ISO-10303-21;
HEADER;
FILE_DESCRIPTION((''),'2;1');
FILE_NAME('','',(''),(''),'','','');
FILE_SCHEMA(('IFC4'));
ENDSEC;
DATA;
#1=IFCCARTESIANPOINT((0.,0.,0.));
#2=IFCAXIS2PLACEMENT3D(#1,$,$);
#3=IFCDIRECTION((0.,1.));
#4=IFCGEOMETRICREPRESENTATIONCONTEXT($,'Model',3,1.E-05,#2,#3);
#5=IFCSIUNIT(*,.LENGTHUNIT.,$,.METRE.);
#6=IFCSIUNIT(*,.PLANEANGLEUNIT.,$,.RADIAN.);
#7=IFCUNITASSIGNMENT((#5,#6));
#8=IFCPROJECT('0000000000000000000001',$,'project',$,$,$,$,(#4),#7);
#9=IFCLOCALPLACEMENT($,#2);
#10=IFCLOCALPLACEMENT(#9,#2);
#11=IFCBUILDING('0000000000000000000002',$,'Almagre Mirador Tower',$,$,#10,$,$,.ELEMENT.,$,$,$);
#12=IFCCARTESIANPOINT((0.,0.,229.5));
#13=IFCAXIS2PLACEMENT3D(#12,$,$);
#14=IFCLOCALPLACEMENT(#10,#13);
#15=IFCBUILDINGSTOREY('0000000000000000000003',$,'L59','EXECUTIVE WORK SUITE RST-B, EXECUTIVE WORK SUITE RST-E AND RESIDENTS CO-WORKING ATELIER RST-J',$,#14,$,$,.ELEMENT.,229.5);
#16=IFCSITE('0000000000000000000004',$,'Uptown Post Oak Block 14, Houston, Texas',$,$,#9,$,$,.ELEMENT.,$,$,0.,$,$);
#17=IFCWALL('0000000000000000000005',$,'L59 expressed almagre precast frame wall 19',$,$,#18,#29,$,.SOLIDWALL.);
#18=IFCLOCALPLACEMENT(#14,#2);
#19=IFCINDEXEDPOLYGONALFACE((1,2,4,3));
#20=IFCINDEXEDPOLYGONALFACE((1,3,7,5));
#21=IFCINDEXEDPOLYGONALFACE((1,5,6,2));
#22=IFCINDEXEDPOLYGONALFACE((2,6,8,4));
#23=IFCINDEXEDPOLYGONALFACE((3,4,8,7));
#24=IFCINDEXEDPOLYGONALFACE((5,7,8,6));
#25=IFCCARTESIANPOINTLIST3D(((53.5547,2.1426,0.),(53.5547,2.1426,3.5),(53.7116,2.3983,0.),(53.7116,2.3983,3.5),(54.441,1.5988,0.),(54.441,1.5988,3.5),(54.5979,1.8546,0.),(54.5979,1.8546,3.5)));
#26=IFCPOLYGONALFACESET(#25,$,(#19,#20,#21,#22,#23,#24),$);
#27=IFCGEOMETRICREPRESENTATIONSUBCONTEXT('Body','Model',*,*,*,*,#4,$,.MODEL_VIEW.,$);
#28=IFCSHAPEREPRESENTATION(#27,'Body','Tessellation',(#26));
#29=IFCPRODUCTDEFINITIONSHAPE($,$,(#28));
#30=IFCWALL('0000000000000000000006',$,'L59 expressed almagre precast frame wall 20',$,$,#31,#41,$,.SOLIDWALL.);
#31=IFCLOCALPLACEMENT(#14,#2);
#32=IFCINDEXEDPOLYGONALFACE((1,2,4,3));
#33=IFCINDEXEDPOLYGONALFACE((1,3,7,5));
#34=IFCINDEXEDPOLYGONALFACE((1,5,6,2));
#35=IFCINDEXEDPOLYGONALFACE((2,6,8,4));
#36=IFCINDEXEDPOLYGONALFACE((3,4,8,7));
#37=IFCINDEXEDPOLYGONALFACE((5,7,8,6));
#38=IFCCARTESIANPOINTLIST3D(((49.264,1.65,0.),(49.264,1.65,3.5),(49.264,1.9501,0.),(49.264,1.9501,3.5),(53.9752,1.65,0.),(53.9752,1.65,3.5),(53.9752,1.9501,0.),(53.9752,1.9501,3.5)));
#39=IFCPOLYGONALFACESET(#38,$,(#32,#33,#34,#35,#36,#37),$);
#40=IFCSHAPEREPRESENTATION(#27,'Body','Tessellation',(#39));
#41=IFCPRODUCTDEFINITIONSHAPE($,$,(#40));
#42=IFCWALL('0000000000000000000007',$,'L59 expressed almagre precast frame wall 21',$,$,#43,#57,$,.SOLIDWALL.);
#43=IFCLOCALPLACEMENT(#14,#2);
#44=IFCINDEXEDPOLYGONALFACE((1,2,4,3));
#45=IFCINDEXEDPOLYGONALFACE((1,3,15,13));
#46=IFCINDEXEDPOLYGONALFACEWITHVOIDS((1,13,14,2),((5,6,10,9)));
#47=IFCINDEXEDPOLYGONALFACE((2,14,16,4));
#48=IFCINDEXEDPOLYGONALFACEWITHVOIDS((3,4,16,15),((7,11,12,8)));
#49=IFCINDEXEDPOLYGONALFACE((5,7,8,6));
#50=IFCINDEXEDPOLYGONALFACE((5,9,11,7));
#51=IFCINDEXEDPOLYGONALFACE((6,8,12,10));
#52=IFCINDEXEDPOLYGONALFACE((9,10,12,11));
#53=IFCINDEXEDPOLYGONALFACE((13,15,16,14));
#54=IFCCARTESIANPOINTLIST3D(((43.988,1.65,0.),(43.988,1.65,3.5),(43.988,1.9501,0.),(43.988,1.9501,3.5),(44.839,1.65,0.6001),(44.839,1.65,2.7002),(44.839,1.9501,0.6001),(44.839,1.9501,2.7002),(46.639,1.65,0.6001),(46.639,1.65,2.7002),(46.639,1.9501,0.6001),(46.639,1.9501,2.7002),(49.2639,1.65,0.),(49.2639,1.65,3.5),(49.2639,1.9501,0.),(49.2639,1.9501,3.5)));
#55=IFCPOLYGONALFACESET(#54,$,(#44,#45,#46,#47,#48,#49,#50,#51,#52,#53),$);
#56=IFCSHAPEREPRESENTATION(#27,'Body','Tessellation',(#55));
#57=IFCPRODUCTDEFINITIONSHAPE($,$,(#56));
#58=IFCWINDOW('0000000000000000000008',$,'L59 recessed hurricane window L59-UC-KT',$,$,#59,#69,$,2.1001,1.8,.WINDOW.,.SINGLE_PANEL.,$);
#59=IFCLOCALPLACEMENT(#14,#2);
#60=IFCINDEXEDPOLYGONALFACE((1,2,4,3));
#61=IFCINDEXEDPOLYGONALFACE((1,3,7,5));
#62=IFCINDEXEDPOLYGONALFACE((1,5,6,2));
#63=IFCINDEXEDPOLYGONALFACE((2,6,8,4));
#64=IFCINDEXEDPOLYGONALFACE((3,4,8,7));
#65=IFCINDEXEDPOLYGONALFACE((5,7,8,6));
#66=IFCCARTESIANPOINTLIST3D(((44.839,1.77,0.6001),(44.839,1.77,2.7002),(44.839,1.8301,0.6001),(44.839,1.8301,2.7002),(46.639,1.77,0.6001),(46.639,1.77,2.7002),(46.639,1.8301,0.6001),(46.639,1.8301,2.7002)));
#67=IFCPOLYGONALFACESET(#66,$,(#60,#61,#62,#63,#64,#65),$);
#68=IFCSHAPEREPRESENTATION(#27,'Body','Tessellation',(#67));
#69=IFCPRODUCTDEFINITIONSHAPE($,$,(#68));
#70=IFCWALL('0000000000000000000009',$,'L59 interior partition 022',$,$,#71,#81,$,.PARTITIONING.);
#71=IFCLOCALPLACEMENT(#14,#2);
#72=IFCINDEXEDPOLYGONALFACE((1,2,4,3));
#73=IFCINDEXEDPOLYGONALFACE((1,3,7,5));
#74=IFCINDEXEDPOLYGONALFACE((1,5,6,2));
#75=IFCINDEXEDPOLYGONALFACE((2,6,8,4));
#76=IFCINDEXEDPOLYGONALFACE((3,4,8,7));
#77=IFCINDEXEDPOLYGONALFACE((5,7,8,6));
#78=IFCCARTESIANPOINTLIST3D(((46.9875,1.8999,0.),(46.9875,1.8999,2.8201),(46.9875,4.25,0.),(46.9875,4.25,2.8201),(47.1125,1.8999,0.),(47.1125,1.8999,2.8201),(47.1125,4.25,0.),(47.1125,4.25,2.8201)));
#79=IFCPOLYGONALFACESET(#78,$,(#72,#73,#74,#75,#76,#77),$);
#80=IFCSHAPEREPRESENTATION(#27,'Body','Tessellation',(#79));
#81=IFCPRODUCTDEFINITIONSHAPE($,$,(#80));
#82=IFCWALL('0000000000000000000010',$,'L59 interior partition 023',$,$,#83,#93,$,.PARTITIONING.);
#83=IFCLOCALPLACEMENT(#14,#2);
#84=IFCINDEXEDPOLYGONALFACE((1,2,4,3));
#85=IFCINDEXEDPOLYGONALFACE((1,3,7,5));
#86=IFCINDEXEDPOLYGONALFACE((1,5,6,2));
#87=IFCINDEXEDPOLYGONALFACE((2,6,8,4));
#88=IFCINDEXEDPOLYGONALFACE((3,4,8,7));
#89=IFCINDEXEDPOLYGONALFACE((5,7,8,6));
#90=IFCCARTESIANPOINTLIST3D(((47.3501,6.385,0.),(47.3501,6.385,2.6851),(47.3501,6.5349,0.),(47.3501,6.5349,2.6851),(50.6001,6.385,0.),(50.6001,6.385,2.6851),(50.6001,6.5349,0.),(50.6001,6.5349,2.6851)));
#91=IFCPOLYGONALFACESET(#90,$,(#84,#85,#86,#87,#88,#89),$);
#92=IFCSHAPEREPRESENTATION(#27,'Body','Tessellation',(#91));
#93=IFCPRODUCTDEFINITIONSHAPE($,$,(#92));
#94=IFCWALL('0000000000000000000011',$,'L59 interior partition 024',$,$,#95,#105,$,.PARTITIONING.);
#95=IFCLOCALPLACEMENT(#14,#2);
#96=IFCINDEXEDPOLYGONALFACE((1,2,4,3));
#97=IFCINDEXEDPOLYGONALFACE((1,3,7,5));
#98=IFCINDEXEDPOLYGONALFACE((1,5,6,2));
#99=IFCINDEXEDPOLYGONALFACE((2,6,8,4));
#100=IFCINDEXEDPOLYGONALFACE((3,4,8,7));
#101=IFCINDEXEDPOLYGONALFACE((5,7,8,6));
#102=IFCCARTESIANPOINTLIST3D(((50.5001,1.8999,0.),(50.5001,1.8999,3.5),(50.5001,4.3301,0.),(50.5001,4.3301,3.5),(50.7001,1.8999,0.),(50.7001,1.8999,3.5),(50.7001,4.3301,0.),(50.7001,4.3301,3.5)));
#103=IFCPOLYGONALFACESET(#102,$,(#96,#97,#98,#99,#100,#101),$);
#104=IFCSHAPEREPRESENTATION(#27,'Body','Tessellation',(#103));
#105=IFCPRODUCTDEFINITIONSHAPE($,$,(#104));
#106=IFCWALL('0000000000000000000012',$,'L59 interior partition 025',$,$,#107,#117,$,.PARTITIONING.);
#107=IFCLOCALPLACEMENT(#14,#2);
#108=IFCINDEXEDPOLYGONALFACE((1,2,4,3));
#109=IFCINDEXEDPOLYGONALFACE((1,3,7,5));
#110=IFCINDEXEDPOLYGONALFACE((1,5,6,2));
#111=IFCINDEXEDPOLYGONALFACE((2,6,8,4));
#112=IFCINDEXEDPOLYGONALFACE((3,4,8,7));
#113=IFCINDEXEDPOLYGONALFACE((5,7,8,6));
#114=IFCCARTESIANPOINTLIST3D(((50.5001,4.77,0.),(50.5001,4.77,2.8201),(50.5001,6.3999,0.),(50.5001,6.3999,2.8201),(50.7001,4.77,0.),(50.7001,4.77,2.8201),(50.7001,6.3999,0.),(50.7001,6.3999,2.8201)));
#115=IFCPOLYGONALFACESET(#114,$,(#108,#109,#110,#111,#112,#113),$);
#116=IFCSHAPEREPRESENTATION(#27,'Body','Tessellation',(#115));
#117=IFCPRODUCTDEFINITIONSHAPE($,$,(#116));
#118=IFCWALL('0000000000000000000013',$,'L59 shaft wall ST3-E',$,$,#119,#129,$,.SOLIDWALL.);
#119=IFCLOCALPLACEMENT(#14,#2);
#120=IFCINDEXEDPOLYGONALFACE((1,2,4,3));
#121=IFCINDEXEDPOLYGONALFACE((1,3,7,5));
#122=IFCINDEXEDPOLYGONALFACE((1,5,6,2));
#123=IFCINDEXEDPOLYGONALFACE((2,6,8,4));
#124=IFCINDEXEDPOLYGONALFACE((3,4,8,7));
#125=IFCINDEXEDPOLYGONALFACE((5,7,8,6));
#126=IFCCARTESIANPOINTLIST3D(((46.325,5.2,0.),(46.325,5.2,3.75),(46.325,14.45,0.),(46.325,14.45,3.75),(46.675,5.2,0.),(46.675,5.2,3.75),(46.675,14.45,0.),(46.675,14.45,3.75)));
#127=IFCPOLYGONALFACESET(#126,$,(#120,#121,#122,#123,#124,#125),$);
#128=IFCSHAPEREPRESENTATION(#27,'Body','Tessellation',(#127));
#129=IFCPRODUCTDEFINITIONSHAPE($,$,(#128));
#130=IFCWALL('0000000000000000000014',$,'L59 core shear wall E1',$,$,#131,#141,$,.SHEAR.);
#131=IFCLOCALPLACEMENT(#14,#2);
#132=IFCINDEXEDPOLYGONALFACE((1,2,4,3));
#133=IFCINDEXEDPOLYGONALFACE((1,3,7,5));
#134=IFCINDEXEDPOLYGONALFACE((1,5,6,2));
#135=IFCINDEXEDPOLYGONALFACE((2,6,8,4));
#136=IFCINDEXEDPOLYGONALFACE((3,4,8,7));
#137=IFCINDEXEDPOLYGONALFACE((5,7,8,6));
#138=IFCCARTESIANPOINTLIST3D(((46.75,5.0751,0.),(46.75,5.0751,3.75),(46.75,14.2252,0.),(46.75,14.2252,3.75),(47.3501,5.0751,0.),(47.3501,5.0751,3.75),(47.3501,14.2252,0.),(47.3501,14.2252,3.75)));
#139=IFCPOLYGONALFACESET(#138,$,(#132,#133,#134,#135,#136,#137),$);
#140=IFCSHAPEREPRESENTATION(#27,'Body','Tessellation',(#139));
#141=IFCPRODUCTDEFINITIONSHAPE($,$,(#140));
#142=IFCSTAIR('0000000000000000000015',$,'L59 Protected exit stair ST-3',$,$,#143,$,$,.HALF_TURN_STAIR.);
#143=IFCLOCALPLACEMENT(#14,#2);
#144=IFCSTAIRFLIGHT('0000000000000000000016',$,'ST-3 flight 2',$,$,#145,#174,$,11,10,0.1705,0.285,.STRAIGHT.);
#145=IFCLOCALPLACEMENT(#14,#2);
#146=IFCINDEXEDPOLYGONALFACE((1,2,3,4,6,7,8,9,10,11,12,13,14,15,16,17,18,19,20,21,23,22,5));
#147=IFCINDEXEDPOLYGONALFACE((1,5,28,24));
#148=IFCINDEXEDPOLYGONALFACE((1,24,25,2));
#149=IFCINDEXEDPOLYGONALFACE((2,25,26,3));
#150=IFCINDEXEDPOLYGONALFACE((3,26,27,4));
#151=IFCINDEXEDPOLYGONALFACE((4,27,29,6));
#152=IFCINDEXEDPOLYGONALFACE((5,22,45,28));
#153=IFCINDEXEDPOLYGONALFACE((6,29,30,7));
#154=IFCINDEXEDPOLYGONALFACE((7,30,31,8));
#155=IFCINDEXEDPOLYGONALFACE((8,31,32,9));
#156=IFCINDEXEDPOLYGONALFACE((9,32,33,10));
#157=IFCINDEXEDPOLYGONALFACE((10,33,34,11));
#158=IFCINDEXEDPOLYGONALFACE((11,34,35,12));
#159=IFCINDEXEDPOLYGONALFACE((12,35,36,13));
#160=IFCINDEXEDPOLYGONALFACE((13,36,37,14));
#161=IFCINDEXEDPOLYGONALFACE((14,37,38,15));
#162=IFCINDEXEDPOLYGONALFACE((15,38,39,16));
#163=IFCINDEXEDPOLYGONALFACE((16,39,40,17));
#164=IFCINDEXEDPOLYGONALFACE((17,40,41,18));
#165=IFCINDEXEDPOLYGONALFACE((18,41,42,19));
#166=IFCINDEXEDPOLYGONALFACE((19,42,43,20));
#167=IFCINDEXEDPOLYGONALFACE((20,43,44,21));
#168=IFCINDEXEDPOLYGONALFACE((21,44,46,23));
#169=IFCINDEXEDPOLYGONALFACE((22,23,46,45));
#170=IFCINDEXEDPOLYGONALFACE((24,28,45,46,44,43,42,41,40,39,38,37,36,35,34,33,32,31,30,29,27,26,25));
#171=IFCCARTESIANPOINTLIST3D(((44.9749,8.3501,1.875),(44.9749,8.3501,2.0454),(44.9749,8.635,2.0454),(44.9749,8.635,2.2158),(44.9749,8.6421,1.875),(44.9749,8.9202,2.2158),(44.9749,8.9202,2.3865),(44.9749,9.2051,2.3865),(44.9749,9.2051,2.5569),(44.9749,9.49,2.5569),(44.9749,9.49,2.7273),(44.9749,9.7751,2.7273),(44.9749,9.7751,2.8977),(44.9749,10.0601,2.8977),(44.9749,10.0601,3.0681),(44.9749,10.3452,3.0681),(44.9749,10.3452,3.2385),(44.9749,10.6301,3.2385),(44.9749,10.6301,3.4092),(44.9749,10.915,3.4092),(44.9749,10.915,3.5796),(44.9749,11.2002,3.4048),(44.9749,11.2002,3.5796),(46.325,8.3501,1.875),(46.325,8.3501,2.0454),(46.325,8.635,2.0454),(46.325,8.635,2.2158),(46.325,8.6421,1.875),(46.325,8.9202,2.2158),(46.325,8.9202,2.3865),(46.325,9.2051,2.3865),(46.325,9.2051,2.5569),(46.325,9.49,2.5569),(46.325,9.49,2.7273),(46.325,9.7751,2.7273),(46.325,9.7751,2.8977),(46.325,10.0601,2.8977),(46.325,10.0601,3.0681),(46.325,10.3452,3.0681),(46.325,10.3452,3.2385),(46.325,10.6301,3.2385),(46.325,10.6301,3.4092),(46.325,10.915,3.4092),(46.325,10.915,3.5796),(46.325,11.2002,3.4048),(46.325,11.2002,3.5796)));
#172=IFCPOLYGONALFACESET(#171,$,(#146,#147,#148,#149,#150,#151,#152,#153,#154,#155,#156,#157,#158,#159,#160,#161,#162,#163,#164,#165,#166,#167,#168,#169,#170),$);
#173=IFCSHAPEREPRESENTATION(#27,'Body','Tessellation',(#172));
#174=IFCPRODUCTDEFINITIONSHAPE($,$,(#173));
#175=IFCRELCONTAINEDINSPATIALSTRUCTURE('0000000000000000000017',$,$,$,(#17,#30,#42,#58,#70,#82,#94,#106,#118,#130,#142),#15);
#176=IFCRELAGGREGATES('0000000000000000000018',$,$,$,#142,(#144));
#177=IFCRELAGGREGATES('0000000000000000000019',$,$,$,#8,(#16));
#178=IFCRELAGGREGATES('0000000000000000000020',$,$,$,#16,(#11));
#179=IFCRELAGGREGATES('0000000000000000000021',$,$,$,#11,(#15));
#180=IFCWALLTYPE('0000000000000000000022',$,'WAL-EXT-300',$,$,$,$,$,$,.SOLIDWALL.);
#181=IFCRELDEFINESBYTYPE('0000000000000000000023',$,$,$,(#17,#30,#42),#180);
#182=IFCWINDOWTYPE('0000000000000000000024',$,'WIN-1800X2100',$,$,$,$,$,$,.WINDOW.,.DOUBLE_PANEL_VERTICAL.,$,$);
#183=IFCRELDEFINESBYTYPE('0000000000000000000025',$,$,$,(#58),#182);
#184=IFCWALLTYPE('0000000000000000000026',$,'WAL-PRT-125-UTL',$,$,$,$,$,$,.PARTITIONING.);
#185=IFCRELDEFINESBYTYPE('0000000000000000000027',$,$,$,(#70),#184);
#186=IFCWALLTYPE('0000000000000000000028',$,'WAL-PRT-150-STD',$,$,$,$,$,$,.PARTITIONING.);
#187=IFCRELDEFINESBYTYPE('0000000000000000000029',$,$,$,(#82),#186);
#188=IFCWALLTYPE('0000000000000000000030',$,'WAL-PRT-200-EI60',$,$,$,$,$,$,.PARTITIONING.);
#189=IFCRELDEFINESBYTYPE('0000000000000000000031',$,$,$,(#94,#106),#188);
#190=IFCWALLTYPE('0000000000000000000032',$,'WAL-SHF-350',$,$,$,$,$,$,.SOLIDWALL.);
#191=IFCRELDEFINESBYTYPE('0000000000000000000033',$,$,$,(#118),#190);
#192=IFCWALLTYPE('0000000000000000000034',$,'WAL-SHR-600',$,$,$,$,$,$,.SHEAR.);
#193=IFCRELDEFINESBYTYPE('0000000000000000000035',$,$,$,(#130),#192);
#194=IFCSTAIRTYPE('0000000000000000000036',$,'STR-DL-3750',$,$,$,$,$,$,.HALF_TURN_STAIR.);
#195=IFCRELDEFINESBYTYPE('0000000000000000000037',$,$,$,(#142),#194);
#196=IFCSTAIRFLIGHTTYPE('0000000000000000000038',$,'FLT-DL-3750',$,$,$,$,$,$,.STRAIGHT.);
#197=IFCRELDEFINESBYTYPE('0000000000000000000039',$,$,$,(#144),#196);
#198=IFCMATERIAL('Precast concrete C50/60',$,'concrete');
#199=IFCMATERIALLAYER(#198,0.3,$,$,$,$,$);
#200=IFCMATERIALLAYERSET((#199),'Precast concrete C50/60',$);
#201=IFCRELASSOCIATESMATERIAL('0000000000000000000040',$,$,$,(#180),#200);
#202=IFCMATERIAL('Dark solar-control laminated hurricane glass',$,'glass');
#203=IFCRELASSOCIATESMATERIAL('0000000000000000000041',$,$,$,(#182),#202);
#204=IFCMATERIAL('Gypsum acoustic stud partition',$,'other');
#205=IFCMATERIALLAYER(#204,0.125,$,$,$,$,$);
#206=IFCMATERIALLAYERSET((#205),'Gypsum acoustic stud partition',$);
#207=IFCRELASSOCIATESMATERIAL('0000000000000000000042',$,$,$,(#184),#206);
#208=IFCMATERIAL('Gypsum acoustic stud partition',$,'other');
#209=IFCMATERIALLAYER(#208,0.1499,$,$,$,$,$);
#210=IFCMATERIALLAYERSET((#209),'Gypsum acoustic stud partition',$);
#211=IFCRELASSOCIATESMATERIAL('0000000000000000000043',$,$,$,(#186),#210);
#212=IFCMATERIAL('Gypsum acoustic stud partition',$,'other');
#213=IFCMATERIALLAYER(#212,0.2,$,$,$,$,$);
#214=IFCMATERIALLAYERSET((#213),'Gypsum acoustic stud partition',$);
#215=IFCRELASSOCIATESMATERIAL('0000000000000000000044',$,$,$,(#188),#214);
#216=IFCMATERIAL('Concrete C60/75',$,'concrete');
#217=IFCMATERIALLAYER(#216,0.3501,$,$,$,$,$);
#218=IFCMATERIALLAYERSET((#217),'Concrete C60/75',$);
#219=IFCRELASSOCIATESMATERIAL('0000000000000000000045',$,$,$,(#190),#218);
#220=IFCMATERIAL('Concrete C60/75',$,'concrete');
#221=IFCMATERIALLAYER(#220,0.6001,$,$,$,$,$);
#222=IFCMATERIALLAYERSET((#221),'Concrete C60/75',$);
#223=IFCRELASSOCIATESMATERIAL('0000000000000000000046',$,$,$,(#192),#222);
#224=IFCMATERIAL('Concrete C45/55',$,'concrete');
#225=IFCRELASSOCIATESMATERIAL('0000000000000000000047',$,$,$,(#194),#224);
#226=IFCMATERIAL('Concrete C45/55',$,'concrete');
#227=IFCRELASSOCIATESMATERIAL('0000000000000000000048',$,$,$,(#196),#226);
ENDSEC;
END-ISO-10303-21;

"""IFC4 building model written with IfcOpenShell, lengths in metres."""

from ifc_helpers import new_model, si_unit, direction, frame, frame_2d, origin, place, context, subcontext, project, spatial, polyline, rectangle, outline, extrude, material, layer, layer_set, type_object, element, fill, aggregate, save


model = new_model("IFC4")

# Units and contexts
model_context = context("Model", 3, precision=1e-05, world=origin(), true_north=direction((0.0, 1.0)))
body_context = subcontext(model_context, "Body", "Model", "MODEL_VIEW")
ifc_project = project(units=[si_unit("LENGTHUNIT", "METRE"), si_unit("PLANEANGLEUNIT", "RADIAN")], contexts=[model_context])

# Site, building, storey
site_placement = place(None, origin())
site = spatial("IfcSite", under=ifc_project, at=site_placement, Name="Uptown Post Oak Block 14, Houston, Texas", CompositionType="ELEMENT", RefElevation=0.0)
building_placement = place(site_placement, origin())
building = spatial("IfcBuilding", under=site, at=building_placement, Name="Almagre Mirador Tower", CompositionType="ELEMENT")
storey_placement = place(building_placement, frame((0.0, 0.0, 229.5)))
storey = spatial("IfcBuildingStorey", under=building, at=storey_placement, Name="L59", Description="EXECUTIVE WORK SUITE RST-B, EXECUTIVE WORK SUITE RST-E AND RESIDENTS CO-WORKING ATELIER RST-J", CompositionType="ELEMENT", Elevation=229.5)

# Shared definitions
ifc_material_1 = material(Name="Precast concrete C50/60", Category="concrete")
ifc_layer_1 = layer(ifc_material_1, 0.3)
ifc_layer_set_1 = layer_set([ifc_layer_1], Name="Precast concrete C50/60")
wall_type_1 = type_object("IfcWallType", Name="WAL-EXT-300", PredefinedType="SOLIDWALL", material=ifc_layer_set_1)
ifc_material_2 = material(Name="Dark solar-control laminated hurricane glass", Category="glass")
window_type_1 = type_object("IfcWindowType", Name="WIN-1800X2100", PartitioningType="DOUBLE_PANEL_VERTICAL", PredefinedType="WINDOW", material=ifc_material_2)

# Walls
wall_1_placement = place(storey_placement, frame((53.6331, 2.2705, 0.0), z_axis=(0.0, 0.0, 1.0), x_axis=(0.852375, -0.522931, 0.0)))
element("IfcWall", 1, at=wall_1_placement, inside=storey, type_object=wall_type_1, Name="L59 expressed almagre precast frame wall 19", PredefinedType="SOLIDWALL", context=body_context, shape_type="SweptSolid", body=[
    extrude(rectangle(XDim=1.0398, YDim=0.3, at=frame_2d((0.52, 0.0))), origin(), (0.0, 0.0, 1.0), 3.5),
])
wall_2_placement = place(storey_placement, frame((53.9751, 1.8, 0.0), z_axis=(0.0, 0.0, 1.0), x_axis=(-1.0, 0.0, 0.0)))
element("IfcWall", 2, at=wall_2_placement, inside=storey, type_object=wall_type_1, Name="L59 expressed almagre precast frame wall 20", PredefinedType="SOLIDWALL", context=body_context, shape_type="SweptSolid", body=[
    extrude(rectangle(XDim=4.7112, YDim=0.3, at=frame_2d((2.3555, 0.0))), origin(), (0.0, 0.0, 1.0), 3.5),
])

# Wall, opening, window
wall_3_placement = place(storey_placement, frame((49.2639, 1.8, 0.0), z_axis=(0.0, 0.0, 1.0), x_axis=(-1.0, 0.0, 0.0)))
wall_3 = element("IfcWall", 3, at=wall_3_placement, inside=storey, type_object=wall_type_1, Name="L59 expressed almagre precast frame wall 21", PredefinedType="SOLIDWALL", context=body_context, shape_type="SweptSolid", body=[
    extrude(rectangle(XDim=5.2759, YDim=0.3, at=frame_2d((2.6379, 0.0))), origin(), (0.0, 0.0, 1.0), 3.5),
])
opening_1_placement = place(wall_3_placement, frame((2.625, 0.0, 0.6001)))
opening_1 = element("IfcOpeningElement", 4, at=opening_1_placement, cuts=wall_3, PredefinedType="OPENING", context=body_context, shape_type="SweptSolid", body=[
    extrude(rectangle(XDim=1.8, YDim=2.1001, at=frame_2d((0.8999, 1.05))), frame((0.0, 0.1599, 0.0), z_axis=(0.0, -1.0, 0.0), x_axis=(1.0, 0.0, 0.0)), (0.0, 0.0, 1.0), 0.32),
])
window_1_placement = place(opening_1_placement, origin())
window_1 = element("IfcWindow", 5, at=window_1_placement, inside=storey, type_object=window_type_1, Name="L59 recessed hurricane window L59-UC-KT", OverallHeight=2.1001, OverallWidth=1.8, PartitioningType="SINGLE_PANEL", PredefinedType="WINDOW", context=body_context, shape_type="SweptSolid", body=[
    extrude(rectangle(XDim=1.8, YDim=2.1001, at=frame_2d((0.8999, 1.05))), frame((0.0, 0.03, 0.0), z_axis=(0.0, -1.0, 0.0), x_axis=(1.0, 0.0, 0.0)), (0.0, 0.0, 1.0), 0.0601),
])
fill(opening_1, window_1)

# Walls
ifc_material_3 = material(Name="Gypsum acoustic stud partition", Category="other")
ifc_layer_2 = layer(ifc_material_3, 0.125)
ifc_layer_set_2 = layer_set([ifc_layer_2], Name="Gypsum acoustic stud partition")
wall_type_2 = type_object("IfcWallType", Name="WAL-PRT-125-UTL", PredefinedType="PARTITIONING", material=ifc_layer_set_2)
wall_4_placement = place(storey_placement, frame((47.05, 4.25, 0.0), z_axis=(0.0, 0.0, 1.0), x_axis=(0.0, -1.0, 0.0)))
element("IfcWall", 6, at=wall_4_placement, inside=storey, type_object=wall_type_2, Name="L59 interior partition 022", PredefinedType="PARTITIONING", context=body_context, shape_type="SweptSolid", body=[
    extrude(rectangle(XDim=2.3501, YDim=0.125, at=frame_2d((1.175, 0.0))), origin(), (0.0, 0.0, 1.0), 2.8201),
])
ifc_material_4 = material(Name="Gypsum acoustic stud partition", Category="other")
ifc_layer_3 = layer(ifc_material_4, 0.1499)
ifc_layer_set_3 = layer_set([ifc_layer_3], Name="Gypsum acoustic stud partition")
wall_type_3 = type_object("IfcWallType", Name="WAL-PRT-150-STD", PredefinedType="PARTITIONING", material=ifc_layer_set_3)
wall_5_placement = place(storey_placement, frame((50.6001, 6.46, 0.0), z_axis=(0.0, 0.0, 1.0), x_axis=(-1.0, 0.0, 0.0)))
element("IfcWall", 7, at=wall_5_placement, inside=storey, type_object=wall_type_3, Name="L59 interior partition 023", PredefinedType="PARTITIONING", context=body_context, shape_type="SweptSolid", body=[
    extrude(rectangle(XDim=3.25, YDim=0.1499, at=frame_2d((1.625, 0.0))), origin(), (0.0, 0.0, 1.0), 2.6851),
])
ifc_material_5 = material(Name="Gypsum acoustic stud partition", Category="other")
ifc_layer_4 = layer(ifc_material_5, 0.2)
ifc_layer_set_4 = layer_set([ifc_layer_4], Name="Gypsum acoustic stud partition")
wall_type_4 = type_object("IfcWallType", Name="WAL-PRT-200-EI60", PredefinedType="PARTITIONING", material=ifc_layer_set_4)
wall_6_placement = place(storey_placement, frame((50.6001, 1.8999, 0.0), z_axis=(0.0, 0.0, 1.0), x_axis=(0.0, 1.0, 0.0)))
element("IfcWall", 8, at=wall_6_placement, inside=storey, type_object=wall_type_4, Name="L59 interior partition 024", PredefinedType="PARTITIONING", context=body_context, shape_type="SweptSolid", body=[
    extrude(rectangle(XDim=2.4302, YDim=0.2, at=frame_2d((1.2151, 0.0))), origin(), (0.0, 0.0, 1.0), 3.5),
])
wall_7_placement = place(storey_placement, frame((50.6001, 4.77, 0.0), z_axis=(0.0, 0.0, 1.0), x_axis=(0.0, 1.0, 0.0)))
element("IfcWall", 9, at=wall_7_placement, inside=storey, type_object=wall_type_4, Name="L59 interior partition 025", PredefinedType="PARTITIONING", context=body_context, shape_type="SweptSolid", body=[
    extrude(rectangle(XDim=1.6299, YDim=0.2, at=frame_2d((0.8149, 0.0))), origin(), (0.0, 0.0, 1.0), 2.8201),
])
ifc_material_6 = material(Name="Concrete C60/75", Category="concrete")
ifc_layer_5 = layer(ifc_material_6, 0.3501)
ifc_layer_set_5 = layer_set([ifc_layer_5], Name="Concrete C60/75")
wall_type_5 = type_object("IfcWallType", Name="WAL-SHF-350", PredefinedType="SOLIDWALL", material=ifc_layer_set_5)
wall_8_placement = place(storey_placement, frame((46.5, 5.2, 0.0), z_axis=(0.0, 0.0, 1.0), x_axis=(0.0, 1.0, 0.0)))
element("IfcWall", 10, at=wall_8_placement, inside=storey, type_object=wall_type_5, Name="L59 shaft wall ST3-E", PredefinedType="SOLIDWALL", context=body_context, shape_type="SweptSolid", body=[
    extrude(rectangle(XDim=9.25, YDim=0.3501, at=frame_2d((4.625, 0.0))), origin(), (0.0, 0.0, 1.0), 3.75),
])
ifc_material_7 = material(Name="Concrete C60/75", Category="concrete")
ifc_layer_6 = layer(ifc_material_7, 0.6001)
ifc_layer_set_6 = layer_set([ifc_layer_6], Name="Concrete C60/75")
wall_type_6 = type_object("IfcWallType", Name="WAL-SHR-600", PredefinedType="SHEAR", material=ifc_layer_set_6)
wall_9_placement = place(storey_placement, frame((47.05, 5.075, 0.0), z_axis=(0.0, 0.0, 1.0), x_axis=(0.0, 1.0, 0.0)))
element("IfcWall", 11, at=wall_9_placement, inside=storey, type_object=wall_type_6, Name="L59 core shear wall E1", PredefinedType="SHEAR", context=body_context, shape_type="SweptSolid", body=[
    extrude(rectangle(XDim=9.1501, YDim=0.6001, at=frame_2d((4.5752, 0.0))), origin(), (0.0, 0.0, 1.0), 3.75),
])

# Stair, stair flight
ifc_material_8 = material(Name="Concrete C45/55", Category="concrete")
stair_type = type_object("IfcStairType", Name="STR-DL-3750", PredefinedType="HALF_TURN_STAIR", material=ifc_material_8)
stair_placement = place(storey_placement, origin())
stair = element("IfcStair", 12, at=stair_placement, inside=storey, type_object=stair_type, Name="L59 Protected exit stair ST-3", PredefinedType="HALF_TURN_STAIR")
ifc_material_9 = material(Name="Concrete C45/55", Category="concrete")
stair_flight_type = type_object("IfcStairFlightType", Name="FLT-DL-3750", PredefinedType="STRAIGHT", material=ifc_material_9)
stair_flight_placement = place(storey_placement, frame((45.6499, 8.3501, 1.875), z_axis=(0.0, 0.0, 1.0), x_axis=(0.0, 1.0, 0.0)))
stair_flight = element("IfcStairFlight", 13, at=stair_flight_placement, type_object=stair_flight_type, Name="ST-3 flight 2", NumberOfRisers=11, NumberOfTreads=10, PredefinedType="STRAIGHT", RiserHeight=0.1705, TreadLength=0.285, context=body_context, shape_type="SweptSolid", body=[
    extrude(outline(polyline([(0.0, 0.0), (0.0, 0.1704), (0.2849, 0.1704), (0.2849, 0.3408), (0.5701, 0.3408), (0.5701, 0.5115), (0.855, 0.5115), (0.855, 0.6819), (1.1399, 0.6819), (1.1399, 0.8523), (1.425, 0.8523), (1.425, 1.0227), (1.71, 1.0227), (1.71, 1.1931), (1.9951, 1.1931), (1.9951, 1.3635), (2.28, 1.3635), (2.28, 1.5342), (2.5649, 1.5342), (2.5649, 1.7046), (2.8501, 1.7046), (2.8501, 1.875), (2.8501, 1.5298), (0.292, 0.0), (0.0, 0.0)])), frame((0.0, 0.675, 0.0), z_axis=(0.0, -1.0, 0.0), x_axis=(1.0, 0.0, 0.0)), (0.0, 0.0, 1.0), 1.3501),
])
aggregate(stair, [stair_flight])

save(model, "model.ifc")
